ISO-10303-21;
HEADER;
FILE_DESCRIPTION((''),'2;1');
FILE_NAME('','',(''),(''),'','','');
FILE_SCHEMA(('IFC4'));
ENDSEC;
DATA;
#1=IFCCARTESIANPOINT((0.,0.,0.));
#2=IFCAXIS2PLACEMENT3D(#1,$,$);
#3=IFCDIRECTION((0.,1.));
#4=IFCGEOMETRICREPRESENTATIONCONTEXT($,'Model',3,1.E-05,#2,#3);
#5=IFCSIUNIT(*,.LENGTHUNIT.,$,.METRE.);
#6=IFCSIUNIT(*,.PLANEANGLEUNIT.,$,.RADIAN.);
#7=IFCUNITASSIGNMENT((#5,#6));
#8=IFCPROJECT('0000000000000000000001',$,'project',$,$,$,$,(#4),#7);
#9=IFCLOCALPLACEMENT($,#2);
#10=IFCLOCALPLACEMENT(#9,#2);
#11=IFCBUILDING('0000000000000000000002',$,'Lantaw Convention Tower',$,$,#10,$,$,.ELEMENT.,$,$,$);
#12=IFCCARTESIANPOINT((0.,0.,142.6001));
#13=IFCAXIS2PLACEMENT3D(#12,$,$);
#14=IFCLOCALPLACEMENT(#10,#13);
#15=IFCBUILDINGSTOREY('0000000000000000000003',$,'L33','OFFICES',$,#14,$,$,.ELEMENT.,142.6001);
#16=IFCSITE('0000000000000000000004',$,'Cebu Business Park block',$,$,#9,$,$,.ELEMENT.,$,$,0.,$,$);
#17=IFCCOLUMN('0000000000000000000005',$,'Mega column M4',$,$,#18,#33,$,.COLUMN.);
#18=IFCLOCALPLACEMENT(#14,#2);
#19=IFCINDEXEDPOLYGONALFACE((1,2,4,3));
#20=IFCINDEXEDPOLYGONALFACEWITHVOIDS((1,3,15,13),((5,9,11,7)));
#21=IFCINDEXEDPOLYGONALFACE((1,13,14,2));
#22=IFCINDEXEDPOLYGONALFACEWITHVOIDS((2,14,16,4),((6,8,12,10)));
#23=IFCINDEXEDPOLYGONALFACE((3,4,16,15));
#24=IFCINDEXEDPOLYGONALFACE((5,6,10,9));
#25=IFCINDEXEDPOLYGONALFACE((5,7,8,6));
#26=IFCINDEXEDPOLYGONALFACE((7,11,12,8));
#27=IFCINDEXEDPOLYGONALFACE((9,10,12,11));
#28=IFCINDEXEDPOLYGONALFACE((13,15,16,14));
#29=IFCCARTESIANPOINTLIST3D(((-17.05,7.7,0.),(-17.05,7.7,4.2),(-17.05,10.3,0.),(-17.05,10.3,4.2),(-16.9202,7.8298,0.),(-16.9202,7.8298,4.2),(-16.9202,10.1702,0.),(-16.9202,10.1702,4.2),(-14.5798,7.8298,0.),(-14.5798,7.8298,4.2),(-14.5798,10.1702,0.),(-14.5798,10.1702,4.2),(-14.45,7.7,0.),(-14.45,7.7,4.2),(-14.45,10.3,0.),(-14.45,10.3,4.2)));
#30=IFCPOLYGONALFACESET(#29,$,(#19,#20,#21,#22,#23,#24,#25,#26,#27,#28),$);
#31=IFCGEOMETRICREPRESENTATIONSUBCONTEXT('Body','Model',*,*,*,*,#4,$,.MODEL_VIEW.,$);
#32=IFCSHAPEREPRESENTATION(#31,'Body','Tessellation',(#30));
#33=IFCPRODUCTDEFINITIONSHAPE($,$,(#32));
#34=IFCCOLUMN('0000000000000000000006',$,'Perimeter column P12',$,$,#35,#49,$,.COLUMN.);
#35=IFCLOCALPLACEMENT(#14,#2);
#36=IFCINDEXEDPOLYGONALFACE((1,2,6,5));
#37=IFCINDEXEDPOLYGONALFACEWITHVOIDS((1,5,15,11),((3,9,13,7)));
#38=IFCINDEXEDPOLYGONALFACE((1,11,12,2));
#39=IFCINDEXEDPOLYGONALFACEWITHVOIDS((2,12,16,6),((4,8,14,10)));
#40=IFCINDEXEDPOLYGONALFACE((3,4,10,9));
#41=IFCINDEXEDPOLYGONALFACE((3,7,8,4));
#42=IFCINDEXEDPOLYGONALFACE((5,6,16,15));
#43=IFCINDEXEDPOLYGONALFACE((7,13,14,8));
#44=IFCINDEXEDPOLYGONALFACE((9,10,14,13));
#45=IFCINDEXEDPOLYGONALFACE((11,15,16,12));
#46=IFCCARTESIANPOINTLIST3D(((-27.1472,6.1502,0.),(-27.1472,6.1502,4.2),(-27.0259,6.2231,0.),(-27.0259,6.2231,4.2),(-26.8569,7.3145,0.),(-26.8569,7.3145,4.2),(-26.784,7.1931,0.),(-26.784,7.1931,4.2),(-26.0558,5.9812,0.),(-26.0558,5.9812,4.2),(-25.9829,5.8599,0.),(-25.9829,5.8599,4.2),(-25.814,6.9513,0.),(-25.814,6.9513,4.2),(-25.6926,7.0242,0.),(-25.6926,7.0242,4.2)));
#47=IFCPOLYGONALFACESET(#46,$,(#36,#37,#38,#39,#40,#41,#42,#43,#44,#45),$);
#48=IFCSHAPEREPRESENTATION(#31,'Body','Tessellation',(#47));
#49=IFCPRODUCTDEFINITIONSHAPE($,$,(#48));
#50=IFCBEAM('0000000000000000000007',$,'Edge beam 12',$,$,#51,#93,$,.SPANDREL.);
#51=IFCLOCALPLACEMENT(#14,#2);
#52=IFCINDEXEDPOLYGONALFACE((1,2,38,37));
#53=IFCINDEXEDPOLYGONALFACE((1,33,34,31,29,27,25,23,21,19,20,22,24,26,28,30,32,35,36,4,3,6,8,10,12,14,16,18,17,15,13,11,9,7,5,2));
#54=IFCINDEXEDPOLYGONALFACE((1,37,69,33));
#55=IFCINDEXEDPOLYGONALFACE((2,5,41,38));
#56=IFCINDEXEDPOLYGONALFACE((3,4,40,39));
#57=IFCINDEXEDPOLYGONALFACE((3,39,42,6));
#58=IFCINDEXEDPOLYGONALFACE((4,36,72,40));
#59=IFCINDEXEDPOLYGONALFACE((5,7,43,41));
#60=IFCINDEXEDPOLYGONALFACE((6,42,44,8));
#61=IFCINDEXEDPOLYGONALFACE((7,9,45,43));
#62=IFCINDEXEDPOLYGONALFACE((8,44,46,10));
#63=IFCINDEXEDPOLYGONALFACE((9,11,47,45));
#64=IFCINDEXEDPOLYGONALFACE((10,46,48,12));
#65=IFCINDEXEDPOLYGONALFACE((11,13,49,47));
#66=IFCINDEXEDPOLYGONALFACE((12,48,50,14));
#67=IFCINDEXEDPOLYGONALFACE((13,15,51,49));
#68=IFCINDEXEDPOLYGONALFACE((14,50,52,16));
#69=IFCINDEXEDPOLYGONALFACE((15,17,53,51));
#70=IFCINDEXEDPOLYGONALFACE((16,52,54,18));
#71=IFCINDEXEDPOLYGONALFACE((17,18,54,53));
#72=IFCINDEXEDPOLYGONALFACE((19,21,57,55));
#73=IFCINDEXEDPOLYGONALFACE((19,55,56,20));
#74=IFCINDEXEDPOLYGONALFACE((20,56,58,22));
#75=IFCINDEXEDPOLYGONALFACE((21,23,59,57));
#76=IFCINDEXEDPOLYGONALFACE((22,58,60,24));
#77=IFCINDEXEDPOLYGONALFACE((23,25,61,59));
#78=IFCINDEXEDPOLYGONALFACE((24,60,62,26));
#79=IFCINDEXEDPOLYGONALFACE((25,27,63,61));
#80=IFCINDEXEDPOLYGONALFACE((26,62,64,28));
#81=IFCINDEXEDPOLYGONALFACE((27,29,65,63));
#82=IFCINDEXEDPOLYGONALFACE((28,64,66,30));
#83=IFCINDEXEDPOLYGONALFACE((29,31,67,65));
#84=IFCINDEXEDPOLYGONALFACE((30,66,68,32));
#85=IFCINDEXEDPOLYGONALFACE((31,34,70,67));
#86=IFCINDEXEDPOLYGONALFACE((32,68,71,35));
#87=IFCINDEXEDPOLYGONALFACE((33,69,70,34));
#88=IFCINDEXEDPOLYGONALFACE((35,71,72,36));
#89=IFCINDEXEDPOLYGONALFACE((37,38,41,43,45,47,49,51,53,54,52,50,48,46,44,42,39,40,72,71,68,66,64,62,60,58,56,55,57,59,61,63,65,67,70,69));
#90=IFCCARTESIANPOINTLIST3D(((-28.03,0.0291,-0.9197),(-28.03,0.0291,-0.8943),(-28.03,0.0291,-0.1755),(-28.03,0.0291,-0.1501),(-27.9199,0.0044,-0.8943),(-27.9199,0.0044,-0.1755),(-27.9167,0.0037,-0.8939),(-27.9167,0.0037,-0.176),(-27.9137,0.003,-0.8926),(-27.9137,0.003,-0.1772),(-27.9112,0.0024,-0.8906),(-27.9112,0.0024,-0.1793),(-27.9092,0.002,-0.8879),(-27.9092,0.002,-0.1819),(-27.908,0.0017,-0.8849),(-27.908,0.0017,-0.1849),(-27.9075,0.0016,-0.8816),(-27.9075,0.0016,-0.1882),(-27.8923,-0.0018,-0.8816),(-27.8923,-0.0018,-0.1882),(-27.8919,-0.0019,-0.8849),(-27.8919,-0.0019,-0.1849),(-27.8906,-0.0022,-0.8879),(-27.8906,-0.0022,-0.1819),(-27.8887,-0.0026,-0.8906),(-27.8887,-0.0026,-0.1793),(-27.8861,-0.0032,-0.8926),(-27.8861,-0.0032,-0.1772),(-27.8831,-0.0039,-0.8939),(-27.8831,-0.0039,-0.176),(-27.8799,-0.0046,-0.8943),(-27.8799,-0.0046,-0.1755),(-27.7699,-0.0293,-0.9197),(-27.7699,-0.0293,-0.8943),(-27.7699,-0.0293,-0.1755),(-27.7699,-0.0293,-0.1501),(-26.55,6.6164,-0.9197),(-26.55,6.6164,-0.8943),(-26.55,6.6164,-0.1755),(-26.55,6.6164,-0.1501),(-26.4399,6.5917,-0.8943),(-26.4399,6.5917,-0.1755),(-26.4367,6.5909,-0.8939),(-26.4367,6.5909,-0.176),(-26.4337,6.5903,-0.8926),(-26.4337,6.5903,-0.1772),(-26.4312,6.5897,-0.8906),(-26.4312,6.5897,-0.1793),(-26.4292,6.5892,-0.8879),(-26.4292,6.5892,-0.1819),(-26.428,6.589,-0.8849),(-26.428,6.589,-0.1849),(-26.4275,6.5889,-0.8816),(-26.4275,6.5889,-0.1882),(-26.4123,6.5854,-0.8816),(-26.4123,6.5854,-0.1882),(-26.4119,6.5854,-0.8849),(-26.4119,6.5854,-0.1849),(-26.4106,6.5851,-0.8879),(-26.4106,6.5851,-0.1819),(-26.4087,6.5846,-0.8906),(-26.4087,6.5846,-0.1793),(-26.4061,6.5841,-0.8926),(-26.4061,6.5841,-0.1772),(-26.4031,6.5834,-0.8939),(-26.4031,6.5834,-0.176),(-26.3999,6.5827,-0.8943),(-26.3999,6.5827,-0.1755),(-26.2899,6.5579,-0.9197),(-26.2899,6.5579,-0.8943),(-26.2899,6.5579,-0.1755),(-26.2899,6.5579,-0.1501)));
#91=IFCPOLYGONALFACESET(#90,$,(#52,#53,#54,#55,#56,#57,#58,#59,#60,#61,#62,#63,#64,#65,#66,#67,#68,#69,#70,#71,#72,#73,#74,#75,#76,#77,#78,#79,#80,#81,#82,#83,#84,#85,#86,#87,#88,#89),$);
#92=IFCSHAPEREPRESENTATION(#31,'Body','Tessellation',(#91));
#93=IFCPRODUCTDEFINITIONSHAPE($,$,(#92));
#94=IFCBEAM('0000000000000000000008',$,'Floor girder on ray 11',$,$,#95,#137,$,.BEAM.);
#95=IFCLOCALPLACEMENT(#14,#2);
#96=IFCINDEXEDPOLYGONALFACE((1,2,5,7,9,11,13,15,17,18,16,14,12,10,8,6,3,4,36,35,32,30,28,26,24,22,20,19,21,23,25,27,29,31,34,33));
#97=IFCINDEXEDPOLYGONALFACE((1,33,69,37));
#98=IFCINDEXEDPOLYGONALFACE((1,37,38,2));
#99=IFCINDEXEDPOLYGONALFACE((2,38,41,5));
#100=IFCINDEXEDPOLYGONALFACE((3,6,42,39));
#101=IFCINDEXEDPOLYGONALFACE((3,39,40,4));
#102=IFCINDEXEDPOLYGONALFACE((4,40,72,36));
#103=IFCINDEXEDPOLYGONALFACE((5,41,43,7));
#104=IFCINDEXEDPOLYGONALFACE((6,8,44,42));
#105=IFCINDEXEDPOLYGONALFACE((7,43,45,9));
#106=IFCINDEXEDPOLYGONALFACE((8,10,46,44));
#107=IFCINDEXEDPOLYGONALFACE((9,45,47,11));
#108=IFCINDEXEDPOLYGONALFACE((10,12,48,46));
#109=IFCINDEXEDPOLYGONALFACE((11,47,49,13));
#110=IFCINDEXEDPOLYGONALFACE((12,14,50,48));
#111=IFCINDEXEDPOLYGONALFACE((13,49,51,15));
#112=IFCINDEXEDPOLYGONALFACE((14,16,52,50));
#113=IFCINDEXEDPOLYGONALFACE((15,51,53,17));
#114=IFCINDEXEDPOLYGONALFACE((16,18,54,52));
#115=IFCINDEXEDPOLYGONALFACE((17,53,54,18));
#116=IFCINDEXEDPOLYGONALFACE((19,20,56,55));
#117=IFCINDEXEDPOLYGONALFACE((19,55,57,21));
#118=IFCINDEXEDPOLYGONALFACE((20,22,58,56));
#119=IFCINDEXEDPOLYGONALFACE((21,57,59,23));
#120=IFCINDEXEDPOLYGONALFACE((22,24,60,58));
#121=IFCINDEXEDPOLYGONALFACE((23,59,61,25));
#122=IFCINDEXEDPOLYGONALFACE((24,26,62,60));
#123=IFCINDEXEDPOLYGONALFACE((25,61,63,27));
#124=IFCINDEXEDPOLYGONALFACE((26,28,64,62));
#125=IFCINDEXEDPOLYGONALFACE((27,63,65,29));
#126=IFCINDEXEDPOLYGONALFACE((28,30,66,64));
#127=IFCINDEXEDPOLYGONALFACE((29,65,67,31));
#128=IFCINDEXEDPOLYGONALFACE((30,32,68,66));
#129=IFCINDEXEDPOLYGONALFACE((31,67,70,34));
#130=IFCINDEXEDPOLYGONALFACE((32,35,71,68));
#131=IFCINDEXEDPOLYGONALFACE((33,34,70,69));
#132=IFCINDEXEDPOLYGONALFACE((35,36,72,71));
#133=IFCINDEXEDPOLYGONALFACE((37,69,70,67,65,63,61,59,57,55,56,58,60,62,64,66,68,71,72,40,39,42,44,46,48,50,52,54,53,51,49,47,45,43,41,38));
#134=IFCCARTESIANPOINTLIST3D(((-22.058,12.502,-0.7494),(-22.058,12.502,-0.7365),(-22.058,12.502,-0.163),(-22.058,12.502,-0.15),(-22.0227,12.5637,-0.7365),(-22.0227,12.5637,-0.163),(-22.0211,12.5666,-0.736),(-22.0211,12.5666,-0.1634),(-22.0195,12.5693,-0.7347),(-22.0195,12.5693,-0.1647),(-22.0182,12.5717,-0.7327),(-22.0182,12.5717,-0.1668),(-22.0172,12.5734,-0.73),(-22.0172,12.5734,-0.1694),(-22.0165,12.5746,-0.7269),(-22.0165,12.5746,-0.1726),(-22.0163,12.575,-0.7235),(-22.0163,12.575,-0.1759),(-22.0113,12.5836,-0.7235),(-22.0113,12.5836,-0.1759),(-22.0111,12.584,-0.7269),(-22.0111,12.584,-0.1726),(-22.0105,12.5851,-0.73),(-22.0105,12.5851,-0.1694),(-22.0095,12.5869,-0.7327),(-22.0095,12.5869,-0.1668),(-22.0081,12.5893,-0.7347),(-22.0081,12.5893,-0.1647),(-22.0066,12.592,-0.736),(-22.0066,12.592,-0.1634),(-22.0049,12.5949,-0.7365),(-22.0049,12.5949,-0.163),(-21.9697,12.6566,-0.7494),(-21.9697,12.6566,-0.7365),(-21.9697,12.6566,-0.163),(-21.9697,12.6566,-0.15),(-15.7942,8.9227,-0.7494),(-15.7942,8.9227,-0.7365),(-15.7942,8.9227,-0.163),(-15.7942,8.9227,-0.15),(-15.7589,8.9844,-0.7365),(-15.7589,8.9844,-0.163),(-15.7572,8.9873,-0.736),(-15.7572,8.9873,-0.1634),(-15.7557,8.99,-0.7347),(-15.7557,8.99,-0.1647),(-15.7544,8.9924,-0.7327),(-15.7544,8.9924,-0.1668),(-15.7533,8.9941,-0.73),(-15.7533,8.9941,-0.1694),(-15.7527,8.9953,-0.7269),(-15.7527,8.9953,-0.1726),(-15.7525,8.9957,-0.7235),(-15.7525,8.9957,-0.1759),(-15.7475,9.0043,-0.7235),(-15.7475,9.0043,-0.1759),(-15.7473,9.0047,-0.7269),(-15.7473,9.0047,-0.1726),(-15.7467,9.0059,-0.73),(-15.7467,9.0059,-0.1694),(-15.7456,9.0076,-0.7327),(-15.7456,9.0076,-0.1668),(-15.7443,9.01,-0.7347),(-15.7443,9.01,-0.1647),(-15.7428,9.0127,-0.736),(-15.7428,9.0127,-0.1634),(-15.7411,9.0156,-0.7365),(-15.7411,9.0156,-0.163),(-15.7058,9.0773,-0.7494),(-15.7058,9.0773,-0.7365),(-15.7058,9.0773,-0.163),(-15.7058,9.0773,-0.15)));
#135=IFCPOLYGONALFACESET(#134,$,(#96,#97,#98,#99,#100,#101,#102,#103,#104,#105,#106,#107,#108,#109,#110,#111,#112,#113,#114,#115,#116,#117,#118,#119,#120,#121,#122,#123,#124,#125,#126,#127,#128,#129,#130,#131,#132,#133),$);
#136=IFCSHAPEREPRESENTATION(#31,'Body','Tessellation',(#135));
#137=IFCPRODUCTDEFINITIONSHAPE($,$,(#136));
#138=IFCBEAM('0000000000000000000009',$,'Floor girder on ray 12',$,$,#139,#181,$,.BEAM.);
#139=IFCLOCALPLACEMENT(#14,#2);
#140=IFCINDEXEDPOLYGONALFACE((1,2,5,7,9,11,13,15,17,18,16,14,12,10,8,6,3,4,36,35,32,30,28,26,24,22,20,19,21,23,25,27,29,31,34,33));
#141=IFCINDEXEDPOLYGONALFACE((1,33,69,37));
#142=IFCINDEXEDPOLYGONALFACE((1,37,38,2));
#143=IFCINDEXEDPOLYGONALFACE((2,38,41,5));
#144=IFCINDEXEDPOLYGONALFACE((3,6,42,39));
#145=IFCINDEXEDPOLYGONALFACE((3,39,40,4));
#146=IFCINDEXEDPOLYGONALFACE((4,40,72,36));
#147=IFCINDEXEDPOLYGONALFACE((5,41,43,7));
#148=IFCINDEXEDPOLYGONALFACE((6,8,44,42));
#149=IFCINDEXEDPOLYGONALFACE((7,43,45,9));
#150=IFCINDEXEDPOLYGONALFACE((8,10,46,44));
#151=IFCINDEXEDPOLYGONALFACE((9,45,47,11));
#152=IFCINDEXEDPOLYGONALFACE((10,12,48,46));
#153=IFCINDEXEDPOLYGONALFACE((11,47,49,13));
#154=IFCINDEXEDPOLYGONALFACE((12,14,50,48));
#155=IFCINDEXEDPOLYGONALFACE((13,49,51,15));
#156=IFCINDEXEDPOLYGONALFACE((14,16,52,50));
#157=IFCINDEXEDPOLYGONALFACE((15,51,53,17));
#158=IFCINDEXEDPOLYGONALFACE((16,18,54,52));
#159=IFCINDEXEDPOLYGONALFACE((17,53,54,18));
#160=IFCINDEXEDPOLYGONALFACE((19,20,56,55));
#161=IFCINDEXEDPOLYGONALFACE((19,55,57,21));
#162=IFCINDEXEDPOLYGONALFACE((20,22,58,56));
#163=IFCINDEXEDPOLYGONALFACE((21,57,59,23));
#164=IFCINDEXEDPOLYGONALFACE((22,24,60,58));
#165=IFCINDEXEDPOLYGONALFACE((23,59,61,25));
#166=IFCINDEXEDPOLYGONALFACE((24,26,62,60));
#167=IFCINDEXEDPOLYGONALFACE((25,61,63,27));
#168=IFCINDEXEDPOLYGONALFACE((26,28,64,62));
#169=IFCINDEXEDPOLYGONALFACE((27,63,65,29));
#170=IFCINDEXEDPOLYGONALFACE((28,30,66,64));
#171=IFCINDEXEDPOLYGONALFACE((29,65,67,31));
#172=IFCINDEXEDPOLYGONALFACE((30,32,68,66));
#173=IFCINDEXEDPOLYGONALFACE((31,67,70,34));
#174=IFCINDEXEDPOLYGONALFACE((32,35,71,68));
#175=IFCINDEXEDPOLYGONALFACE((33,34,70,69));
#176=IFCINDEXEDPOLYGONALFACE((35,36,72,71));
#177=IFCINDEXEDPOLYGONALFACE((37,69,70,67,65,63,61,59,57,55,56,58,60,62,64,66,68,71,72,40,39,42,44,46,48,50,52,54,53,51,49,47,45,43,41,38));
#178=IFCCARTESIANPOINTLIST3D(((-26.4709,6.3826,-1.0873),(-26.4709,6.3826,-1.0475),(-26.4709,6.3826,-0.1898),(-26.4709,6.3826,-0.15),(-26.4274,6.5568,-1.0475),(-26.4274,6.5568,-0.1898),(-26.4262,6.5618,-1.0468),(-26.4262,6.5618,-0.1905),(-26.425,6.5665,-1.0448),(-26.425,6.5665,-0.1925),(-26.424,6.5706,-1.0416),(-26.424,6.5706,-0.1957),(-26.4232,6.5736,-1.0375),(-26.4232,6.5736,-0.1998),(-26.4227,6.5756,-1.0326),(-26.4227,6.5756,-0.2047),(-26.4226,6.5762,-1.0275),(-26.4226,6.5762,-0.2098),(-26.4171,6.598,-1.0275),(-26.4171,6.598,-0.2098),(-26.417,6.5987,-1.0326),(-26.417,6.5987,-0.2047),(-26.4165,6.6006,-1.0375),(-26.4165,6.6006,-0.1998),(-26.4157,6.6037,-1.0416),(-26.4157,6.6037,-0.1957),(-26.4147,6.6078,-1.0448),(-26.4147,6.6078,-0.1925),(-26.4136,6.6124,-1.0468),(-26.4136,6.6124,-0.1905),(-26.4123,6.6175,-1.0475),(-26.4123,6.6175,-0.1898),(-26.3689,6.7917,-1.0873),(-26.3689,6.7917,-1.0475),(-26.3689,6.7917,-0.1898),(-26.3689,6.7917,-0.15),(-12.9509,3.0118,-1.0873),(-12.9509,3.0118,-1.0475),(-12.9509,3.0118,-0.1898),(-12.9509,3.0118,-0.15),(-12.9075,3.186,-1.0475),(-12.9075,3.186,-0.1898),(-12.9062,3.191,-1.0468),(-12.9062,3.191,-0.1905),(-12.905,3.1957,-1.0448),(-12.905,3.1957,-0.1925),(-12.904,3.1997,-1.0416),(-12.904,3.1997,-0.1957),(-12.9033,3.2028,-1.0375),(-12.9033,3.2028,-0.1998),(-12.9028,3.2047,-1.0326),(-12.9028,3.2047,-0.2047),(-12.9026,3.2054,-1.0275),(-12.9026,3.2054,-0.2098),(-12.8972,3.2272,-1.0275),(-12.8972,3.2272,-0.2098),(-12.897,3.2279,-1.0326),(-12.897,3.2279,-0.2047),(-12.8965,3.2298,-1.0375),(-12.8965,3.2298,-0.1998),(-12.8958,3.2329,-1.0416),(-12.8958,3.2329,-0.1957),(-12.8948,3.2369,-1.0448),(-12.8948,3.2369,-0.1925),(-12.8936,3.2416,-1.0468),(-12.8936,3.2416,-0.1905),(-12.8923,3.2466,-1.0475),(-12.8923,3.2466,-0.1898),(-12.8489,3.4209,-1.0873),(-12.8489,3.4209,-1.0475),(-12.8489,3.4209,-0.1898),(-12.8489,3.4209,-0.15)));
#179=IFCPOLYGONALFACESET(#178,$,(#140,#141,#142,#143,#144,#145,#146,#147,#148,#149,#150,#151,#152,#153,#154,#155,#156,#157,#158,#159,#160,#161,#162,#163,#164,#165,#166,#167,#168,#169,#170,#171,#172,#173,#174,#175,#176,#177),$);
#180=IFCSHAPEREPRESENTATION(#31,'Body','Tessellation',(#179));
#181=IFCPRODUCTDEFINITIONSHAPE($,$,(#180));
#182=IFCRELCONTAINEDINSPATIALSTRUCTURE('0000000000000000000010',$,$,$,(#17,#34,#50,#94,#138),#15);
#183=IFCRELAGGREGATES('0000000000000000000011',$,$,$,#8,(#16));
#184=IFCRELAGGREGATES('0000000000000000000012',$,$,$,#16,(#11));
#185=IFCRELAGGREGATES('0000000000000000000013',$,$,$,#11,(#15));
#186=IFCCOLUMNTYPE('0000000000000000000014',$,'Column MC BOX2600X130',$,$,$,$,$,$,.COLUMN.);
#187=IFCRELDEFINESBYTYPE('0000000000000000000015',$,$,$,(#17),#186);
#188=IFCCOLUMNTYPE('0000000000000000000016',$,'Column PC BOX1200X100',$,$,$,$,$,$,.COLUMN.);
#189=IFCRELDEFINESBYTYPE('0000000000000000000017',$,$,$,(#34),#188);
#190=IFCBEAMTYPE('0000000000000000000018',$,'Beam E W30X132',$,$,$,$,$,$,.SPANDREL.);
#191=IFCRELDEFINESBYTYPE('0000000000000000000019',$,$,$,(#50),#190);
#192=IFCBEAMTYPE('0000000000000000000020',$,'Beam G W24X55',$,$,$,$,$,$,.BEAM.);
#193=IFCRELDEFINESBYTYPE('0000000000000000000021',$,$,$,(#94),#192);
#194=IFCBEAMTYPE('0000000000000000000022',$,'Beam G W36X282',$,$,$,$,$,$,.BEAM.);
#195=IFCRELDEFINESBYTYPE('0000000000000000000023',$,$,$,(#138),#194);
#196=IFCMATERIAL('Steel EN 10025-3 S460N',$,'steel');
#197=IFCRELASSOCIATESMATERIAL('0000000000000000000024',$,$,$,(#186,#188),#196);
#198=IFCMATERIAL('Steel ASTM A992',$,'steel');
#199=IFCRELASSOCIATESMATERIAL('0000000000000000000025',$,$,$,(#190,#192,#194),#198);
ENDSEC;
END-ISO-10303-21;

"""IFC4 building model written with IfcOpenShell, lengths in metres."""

from ifc_helpers import new_model, si_unit, direction, frame, origin, origin_2d, place, context, subcontext, project, spatial, rectangle, hollow_rectangle, i_section, extrude, material, material_profile, profile_set, type_object, element, save


model = new_model("IFC4")

# Units and contexts
model_context = context("Model", 3, precision=1e-05, world=origin(), true_north=direction((0.0, 1.0)))
body_context = subcontext(model_context, "Body", "Model", "MODEL_VIEW")
ifc_project = project(units=[si_unit("LENGTHUNIT", "METRE"), si_unit("PLANEANGLEUNIT", "RADIAN")], contexts=[model_context])

# Site, building, storey
site_placement = place(None, origin())
site = spatial("IfcSite", under=ifc_project, at=site_placement, Name="Cebu Business Park block", CompositionType="ELEMENT", RefElevation=0.0)
building_placement = place(site_placement, origin())
building = spatial("IfcBuilding", under=site, at=building_placement, Name="Lantaw Convention Tower", CompositionType="ELEMENT")
storey_placement = place(building_placement, frame((0.0, 0.0, 142.6001)))
storey = spatial("IfcBuildingStorey", under=building, at=storey_placement, Name="L33", Description="OFFICES", CompositionType="ELEMENT", Elevation=142.6001)

# Columns
ifc_material_1 = material(Name="Steel EN 10025-3 S460N", Category="steel")
ifc_material_profile_1 = material_profile(ifc_material_1, hollow_rectangle(XDim=2.6001, YDim=2.6001, WallThickness=0.1299, at=origin_2d()), Name="BOX2600X130")
ifc_material_2 = material(Name="Concrete C60/75", Category="concrete")
ifc_material_profile_2 = material_profile(ifc_material_2, rectangle(XDim=2.3401, YDim=2.3401, at=origin_2d()), Name="Concrete fill of BOX2600X130")
ifc_profile_set_1 = profile_set([ifc_material_profile_1, ifc_material_profile_2], Name="Steel EN 10025-3 S460N")
column_type_1 = type_object("IfcColumnType", Name="Column MC BOX2600X130", PredefinedType="COLUMN", material=ifc_profile_set_1)
column_1_placement = place(storey_placement, frame((-15.75, 9.0, 0.0), z_axis=(0.0, 0.0, 1.0), x_axis=(1.0, 0.0, 0.0)))
element("IfcColumn", 1, at=column_1_placement, inside=storey, type_object=column_type_1, Name="Mega column M4", PredefinedType="COLUMN", context=body_context, shape_type="SweptSolid", body=[
    extrude(hollow_rectangle(XDim=2.6001, YDim=2.6001, WallThickness=0.1299, at=origin_2d()), origin(), (0.0, 0.0, 1.0), 4.2),
])
ifc_material_profile_3 = material_profile(ifc_material_1, hollow_rectangle(XDim=1.2, YDim=1.2, WallThickness=0.1001, at=origin_2d()), Name="BOX1200X100")
ifc_material_profile_4 = material_profile(ifc_material_2, rectangle(XDim=1.0, YDim=1.0, at=origin_2d()), Name="Concrete fill of BOX1200X100")
ifc_profile_set_2 = profile_set([ifc_material_profile_3, ifc_material_profile_4], Name="Steel EN 10025-3 S460N")
column_type_2 = type_object("IfcColumnType", Name="Column PC BOX1200X100", PredefinedType="COLUMN", material=ifc_profile_set_2)
column_2_placement = place(storey_placement, frame((-26.4199, 6.5872, 0.0), z_axis=(0.0, 0.0, 1.0), x_axis=(0.241922, 0.970296, 0.0)))
element("IfcColumn", 2, at=column_2_placement, inside=storey, type_object=column_type_2, Name="Perimeter column P12", PredefinedType="COLUMN", context=body_context, shape_type="SweptSolid", body=[
    extrude(hollow_rectangle(XDim=1.2, YDim=1.2, WallThickness=0.1001, at=origin_2d()), origin(), (0.0, 0.0, 1.0), 4.2),
])

# Beams
ifc_material_3 = material(Name="Steel ASTM A992", Category="steel")
ifc_material_profile_5 = material_profile(ifc_material_3, i_section(OverallWidth=0.2666, OverallDepth=0.7695, WebThickness=0.0156, FlangeThickness=0.0254, FilletRadius=0.0127, at=origin_2d()), Name="W30X132")
ifc_profile_set_3 = profile_set([ifc_material_profile_5], Name="Steel ASTM A992")
beam_type_1 = type_object("IfcBeamType", Name="Beam E W30X132", PredefinedType="SPANDREL", material=ifc_profile_set_3)
beam_1_placement = place(storey_placement, frame((-26.4199, 6.5872, -0.5349), z_axis=(-0.219212, -0.975677, 0.0), x_axis=(0.975677, -0.219212, 0.0)))
element("IfcBeam", 3, at=beam_1_placement, inside=storey, type_object=beam_type_1, Name="Edge beam 12", PredefinedType="SPANDREL", context=body_context, shape_type="SweptSolid", body=[
    extrude(i_section(OverallWidth=0.2666, OverallDepth=0.7695, WebThickness=0.0156, FlangeThickness=0.0254, FilletRadius=0.0127, at=origin_2d()), origin(), (0.0, 0.0, 1.0), 6.7515),
])
ifc_material_profile_6 = material_profile(ifc_material_3, i_section(OverallWidth=0.178, OverallDepth=0.5994, WebThickness=0.01, FlangeThickness=0.0129, FilletRadius=0.0129, at=origin_2d()), Name="W24X55")
ifc_profile_set_4 = profile_set([ifc_material_profile_6], Name="Steel ASTM A992")
beam_type_2 = type_object("IfcBeamType", Name="Beam G W24X55", PredefinedType="BEAM", material=ifc_profile_set_4)
beam_2_placement = place(storey_placement, frame((-15.75, 9.0, -0.4497), z_axis=(-0.868245, 0.496135, 0.0), x_axis=(-0.496135, -0.868245, 0.0)))
element("IfcBeam", 4, at=beam_2_placement, inside=storey, type_object=beam_type_2, Name="Floor girder on ray 11", PredefinedType="BEAM", context=body_context, shape_type="SweptSolid", body=[
    extrude(i_section(OverallWidth=0.178, OverallDepth=0.5994, WebThickness=0.01, FlangeThickness=0.0129, FilletRadius=0.0129, at=origin_2d()), origin(), (0.0, 0.0, 1.0), 7.2144),
])
ifc_material_profile_7 = material_profile(ifc_material_3, i_section(OverallWidth=0.4216, OverallDepth=0.9373, WebThickness=0.0225, FlangeThickness=0.0398, FilletRadius=0.02, at=origin_2d()), Name="W36X282")
ifc_profile_set_5 = profile_set([ifc_material_profile_7], Name="Steel ASTM A992")
beam_type_3 = type_object("IfcBeamType", Name="Beam G W36X282", PredefinedType="BEAM", material=ifc_profile_set_5)
beam_3_placement = place(storey_placement, frame((-12.8999, 3.2163, -0.6187), z_axis=(-0.970297, 0.241917, 0.0), x_axis=(-0.241917, -0.970297, 0.0)))
element("IfcBeam", 5, at=beam_3_placement, inside=storey, type_object=beam_type_3, Name="Floor girder on ray 12", PredefinedType="BEAM", context=body_context, shape_type="SweptSolid", body=[
    extrude(i_section(OverallWidth=0.4216, OverallDepth=0.9373, WebThickness=0.0225, FlangeThickness=0.0398, FilletRadius=0.02, at=origin_2d()), origin(), (0.0, 0.0, 1.0), 13.9338),
])

save(model, "model.ifc")
